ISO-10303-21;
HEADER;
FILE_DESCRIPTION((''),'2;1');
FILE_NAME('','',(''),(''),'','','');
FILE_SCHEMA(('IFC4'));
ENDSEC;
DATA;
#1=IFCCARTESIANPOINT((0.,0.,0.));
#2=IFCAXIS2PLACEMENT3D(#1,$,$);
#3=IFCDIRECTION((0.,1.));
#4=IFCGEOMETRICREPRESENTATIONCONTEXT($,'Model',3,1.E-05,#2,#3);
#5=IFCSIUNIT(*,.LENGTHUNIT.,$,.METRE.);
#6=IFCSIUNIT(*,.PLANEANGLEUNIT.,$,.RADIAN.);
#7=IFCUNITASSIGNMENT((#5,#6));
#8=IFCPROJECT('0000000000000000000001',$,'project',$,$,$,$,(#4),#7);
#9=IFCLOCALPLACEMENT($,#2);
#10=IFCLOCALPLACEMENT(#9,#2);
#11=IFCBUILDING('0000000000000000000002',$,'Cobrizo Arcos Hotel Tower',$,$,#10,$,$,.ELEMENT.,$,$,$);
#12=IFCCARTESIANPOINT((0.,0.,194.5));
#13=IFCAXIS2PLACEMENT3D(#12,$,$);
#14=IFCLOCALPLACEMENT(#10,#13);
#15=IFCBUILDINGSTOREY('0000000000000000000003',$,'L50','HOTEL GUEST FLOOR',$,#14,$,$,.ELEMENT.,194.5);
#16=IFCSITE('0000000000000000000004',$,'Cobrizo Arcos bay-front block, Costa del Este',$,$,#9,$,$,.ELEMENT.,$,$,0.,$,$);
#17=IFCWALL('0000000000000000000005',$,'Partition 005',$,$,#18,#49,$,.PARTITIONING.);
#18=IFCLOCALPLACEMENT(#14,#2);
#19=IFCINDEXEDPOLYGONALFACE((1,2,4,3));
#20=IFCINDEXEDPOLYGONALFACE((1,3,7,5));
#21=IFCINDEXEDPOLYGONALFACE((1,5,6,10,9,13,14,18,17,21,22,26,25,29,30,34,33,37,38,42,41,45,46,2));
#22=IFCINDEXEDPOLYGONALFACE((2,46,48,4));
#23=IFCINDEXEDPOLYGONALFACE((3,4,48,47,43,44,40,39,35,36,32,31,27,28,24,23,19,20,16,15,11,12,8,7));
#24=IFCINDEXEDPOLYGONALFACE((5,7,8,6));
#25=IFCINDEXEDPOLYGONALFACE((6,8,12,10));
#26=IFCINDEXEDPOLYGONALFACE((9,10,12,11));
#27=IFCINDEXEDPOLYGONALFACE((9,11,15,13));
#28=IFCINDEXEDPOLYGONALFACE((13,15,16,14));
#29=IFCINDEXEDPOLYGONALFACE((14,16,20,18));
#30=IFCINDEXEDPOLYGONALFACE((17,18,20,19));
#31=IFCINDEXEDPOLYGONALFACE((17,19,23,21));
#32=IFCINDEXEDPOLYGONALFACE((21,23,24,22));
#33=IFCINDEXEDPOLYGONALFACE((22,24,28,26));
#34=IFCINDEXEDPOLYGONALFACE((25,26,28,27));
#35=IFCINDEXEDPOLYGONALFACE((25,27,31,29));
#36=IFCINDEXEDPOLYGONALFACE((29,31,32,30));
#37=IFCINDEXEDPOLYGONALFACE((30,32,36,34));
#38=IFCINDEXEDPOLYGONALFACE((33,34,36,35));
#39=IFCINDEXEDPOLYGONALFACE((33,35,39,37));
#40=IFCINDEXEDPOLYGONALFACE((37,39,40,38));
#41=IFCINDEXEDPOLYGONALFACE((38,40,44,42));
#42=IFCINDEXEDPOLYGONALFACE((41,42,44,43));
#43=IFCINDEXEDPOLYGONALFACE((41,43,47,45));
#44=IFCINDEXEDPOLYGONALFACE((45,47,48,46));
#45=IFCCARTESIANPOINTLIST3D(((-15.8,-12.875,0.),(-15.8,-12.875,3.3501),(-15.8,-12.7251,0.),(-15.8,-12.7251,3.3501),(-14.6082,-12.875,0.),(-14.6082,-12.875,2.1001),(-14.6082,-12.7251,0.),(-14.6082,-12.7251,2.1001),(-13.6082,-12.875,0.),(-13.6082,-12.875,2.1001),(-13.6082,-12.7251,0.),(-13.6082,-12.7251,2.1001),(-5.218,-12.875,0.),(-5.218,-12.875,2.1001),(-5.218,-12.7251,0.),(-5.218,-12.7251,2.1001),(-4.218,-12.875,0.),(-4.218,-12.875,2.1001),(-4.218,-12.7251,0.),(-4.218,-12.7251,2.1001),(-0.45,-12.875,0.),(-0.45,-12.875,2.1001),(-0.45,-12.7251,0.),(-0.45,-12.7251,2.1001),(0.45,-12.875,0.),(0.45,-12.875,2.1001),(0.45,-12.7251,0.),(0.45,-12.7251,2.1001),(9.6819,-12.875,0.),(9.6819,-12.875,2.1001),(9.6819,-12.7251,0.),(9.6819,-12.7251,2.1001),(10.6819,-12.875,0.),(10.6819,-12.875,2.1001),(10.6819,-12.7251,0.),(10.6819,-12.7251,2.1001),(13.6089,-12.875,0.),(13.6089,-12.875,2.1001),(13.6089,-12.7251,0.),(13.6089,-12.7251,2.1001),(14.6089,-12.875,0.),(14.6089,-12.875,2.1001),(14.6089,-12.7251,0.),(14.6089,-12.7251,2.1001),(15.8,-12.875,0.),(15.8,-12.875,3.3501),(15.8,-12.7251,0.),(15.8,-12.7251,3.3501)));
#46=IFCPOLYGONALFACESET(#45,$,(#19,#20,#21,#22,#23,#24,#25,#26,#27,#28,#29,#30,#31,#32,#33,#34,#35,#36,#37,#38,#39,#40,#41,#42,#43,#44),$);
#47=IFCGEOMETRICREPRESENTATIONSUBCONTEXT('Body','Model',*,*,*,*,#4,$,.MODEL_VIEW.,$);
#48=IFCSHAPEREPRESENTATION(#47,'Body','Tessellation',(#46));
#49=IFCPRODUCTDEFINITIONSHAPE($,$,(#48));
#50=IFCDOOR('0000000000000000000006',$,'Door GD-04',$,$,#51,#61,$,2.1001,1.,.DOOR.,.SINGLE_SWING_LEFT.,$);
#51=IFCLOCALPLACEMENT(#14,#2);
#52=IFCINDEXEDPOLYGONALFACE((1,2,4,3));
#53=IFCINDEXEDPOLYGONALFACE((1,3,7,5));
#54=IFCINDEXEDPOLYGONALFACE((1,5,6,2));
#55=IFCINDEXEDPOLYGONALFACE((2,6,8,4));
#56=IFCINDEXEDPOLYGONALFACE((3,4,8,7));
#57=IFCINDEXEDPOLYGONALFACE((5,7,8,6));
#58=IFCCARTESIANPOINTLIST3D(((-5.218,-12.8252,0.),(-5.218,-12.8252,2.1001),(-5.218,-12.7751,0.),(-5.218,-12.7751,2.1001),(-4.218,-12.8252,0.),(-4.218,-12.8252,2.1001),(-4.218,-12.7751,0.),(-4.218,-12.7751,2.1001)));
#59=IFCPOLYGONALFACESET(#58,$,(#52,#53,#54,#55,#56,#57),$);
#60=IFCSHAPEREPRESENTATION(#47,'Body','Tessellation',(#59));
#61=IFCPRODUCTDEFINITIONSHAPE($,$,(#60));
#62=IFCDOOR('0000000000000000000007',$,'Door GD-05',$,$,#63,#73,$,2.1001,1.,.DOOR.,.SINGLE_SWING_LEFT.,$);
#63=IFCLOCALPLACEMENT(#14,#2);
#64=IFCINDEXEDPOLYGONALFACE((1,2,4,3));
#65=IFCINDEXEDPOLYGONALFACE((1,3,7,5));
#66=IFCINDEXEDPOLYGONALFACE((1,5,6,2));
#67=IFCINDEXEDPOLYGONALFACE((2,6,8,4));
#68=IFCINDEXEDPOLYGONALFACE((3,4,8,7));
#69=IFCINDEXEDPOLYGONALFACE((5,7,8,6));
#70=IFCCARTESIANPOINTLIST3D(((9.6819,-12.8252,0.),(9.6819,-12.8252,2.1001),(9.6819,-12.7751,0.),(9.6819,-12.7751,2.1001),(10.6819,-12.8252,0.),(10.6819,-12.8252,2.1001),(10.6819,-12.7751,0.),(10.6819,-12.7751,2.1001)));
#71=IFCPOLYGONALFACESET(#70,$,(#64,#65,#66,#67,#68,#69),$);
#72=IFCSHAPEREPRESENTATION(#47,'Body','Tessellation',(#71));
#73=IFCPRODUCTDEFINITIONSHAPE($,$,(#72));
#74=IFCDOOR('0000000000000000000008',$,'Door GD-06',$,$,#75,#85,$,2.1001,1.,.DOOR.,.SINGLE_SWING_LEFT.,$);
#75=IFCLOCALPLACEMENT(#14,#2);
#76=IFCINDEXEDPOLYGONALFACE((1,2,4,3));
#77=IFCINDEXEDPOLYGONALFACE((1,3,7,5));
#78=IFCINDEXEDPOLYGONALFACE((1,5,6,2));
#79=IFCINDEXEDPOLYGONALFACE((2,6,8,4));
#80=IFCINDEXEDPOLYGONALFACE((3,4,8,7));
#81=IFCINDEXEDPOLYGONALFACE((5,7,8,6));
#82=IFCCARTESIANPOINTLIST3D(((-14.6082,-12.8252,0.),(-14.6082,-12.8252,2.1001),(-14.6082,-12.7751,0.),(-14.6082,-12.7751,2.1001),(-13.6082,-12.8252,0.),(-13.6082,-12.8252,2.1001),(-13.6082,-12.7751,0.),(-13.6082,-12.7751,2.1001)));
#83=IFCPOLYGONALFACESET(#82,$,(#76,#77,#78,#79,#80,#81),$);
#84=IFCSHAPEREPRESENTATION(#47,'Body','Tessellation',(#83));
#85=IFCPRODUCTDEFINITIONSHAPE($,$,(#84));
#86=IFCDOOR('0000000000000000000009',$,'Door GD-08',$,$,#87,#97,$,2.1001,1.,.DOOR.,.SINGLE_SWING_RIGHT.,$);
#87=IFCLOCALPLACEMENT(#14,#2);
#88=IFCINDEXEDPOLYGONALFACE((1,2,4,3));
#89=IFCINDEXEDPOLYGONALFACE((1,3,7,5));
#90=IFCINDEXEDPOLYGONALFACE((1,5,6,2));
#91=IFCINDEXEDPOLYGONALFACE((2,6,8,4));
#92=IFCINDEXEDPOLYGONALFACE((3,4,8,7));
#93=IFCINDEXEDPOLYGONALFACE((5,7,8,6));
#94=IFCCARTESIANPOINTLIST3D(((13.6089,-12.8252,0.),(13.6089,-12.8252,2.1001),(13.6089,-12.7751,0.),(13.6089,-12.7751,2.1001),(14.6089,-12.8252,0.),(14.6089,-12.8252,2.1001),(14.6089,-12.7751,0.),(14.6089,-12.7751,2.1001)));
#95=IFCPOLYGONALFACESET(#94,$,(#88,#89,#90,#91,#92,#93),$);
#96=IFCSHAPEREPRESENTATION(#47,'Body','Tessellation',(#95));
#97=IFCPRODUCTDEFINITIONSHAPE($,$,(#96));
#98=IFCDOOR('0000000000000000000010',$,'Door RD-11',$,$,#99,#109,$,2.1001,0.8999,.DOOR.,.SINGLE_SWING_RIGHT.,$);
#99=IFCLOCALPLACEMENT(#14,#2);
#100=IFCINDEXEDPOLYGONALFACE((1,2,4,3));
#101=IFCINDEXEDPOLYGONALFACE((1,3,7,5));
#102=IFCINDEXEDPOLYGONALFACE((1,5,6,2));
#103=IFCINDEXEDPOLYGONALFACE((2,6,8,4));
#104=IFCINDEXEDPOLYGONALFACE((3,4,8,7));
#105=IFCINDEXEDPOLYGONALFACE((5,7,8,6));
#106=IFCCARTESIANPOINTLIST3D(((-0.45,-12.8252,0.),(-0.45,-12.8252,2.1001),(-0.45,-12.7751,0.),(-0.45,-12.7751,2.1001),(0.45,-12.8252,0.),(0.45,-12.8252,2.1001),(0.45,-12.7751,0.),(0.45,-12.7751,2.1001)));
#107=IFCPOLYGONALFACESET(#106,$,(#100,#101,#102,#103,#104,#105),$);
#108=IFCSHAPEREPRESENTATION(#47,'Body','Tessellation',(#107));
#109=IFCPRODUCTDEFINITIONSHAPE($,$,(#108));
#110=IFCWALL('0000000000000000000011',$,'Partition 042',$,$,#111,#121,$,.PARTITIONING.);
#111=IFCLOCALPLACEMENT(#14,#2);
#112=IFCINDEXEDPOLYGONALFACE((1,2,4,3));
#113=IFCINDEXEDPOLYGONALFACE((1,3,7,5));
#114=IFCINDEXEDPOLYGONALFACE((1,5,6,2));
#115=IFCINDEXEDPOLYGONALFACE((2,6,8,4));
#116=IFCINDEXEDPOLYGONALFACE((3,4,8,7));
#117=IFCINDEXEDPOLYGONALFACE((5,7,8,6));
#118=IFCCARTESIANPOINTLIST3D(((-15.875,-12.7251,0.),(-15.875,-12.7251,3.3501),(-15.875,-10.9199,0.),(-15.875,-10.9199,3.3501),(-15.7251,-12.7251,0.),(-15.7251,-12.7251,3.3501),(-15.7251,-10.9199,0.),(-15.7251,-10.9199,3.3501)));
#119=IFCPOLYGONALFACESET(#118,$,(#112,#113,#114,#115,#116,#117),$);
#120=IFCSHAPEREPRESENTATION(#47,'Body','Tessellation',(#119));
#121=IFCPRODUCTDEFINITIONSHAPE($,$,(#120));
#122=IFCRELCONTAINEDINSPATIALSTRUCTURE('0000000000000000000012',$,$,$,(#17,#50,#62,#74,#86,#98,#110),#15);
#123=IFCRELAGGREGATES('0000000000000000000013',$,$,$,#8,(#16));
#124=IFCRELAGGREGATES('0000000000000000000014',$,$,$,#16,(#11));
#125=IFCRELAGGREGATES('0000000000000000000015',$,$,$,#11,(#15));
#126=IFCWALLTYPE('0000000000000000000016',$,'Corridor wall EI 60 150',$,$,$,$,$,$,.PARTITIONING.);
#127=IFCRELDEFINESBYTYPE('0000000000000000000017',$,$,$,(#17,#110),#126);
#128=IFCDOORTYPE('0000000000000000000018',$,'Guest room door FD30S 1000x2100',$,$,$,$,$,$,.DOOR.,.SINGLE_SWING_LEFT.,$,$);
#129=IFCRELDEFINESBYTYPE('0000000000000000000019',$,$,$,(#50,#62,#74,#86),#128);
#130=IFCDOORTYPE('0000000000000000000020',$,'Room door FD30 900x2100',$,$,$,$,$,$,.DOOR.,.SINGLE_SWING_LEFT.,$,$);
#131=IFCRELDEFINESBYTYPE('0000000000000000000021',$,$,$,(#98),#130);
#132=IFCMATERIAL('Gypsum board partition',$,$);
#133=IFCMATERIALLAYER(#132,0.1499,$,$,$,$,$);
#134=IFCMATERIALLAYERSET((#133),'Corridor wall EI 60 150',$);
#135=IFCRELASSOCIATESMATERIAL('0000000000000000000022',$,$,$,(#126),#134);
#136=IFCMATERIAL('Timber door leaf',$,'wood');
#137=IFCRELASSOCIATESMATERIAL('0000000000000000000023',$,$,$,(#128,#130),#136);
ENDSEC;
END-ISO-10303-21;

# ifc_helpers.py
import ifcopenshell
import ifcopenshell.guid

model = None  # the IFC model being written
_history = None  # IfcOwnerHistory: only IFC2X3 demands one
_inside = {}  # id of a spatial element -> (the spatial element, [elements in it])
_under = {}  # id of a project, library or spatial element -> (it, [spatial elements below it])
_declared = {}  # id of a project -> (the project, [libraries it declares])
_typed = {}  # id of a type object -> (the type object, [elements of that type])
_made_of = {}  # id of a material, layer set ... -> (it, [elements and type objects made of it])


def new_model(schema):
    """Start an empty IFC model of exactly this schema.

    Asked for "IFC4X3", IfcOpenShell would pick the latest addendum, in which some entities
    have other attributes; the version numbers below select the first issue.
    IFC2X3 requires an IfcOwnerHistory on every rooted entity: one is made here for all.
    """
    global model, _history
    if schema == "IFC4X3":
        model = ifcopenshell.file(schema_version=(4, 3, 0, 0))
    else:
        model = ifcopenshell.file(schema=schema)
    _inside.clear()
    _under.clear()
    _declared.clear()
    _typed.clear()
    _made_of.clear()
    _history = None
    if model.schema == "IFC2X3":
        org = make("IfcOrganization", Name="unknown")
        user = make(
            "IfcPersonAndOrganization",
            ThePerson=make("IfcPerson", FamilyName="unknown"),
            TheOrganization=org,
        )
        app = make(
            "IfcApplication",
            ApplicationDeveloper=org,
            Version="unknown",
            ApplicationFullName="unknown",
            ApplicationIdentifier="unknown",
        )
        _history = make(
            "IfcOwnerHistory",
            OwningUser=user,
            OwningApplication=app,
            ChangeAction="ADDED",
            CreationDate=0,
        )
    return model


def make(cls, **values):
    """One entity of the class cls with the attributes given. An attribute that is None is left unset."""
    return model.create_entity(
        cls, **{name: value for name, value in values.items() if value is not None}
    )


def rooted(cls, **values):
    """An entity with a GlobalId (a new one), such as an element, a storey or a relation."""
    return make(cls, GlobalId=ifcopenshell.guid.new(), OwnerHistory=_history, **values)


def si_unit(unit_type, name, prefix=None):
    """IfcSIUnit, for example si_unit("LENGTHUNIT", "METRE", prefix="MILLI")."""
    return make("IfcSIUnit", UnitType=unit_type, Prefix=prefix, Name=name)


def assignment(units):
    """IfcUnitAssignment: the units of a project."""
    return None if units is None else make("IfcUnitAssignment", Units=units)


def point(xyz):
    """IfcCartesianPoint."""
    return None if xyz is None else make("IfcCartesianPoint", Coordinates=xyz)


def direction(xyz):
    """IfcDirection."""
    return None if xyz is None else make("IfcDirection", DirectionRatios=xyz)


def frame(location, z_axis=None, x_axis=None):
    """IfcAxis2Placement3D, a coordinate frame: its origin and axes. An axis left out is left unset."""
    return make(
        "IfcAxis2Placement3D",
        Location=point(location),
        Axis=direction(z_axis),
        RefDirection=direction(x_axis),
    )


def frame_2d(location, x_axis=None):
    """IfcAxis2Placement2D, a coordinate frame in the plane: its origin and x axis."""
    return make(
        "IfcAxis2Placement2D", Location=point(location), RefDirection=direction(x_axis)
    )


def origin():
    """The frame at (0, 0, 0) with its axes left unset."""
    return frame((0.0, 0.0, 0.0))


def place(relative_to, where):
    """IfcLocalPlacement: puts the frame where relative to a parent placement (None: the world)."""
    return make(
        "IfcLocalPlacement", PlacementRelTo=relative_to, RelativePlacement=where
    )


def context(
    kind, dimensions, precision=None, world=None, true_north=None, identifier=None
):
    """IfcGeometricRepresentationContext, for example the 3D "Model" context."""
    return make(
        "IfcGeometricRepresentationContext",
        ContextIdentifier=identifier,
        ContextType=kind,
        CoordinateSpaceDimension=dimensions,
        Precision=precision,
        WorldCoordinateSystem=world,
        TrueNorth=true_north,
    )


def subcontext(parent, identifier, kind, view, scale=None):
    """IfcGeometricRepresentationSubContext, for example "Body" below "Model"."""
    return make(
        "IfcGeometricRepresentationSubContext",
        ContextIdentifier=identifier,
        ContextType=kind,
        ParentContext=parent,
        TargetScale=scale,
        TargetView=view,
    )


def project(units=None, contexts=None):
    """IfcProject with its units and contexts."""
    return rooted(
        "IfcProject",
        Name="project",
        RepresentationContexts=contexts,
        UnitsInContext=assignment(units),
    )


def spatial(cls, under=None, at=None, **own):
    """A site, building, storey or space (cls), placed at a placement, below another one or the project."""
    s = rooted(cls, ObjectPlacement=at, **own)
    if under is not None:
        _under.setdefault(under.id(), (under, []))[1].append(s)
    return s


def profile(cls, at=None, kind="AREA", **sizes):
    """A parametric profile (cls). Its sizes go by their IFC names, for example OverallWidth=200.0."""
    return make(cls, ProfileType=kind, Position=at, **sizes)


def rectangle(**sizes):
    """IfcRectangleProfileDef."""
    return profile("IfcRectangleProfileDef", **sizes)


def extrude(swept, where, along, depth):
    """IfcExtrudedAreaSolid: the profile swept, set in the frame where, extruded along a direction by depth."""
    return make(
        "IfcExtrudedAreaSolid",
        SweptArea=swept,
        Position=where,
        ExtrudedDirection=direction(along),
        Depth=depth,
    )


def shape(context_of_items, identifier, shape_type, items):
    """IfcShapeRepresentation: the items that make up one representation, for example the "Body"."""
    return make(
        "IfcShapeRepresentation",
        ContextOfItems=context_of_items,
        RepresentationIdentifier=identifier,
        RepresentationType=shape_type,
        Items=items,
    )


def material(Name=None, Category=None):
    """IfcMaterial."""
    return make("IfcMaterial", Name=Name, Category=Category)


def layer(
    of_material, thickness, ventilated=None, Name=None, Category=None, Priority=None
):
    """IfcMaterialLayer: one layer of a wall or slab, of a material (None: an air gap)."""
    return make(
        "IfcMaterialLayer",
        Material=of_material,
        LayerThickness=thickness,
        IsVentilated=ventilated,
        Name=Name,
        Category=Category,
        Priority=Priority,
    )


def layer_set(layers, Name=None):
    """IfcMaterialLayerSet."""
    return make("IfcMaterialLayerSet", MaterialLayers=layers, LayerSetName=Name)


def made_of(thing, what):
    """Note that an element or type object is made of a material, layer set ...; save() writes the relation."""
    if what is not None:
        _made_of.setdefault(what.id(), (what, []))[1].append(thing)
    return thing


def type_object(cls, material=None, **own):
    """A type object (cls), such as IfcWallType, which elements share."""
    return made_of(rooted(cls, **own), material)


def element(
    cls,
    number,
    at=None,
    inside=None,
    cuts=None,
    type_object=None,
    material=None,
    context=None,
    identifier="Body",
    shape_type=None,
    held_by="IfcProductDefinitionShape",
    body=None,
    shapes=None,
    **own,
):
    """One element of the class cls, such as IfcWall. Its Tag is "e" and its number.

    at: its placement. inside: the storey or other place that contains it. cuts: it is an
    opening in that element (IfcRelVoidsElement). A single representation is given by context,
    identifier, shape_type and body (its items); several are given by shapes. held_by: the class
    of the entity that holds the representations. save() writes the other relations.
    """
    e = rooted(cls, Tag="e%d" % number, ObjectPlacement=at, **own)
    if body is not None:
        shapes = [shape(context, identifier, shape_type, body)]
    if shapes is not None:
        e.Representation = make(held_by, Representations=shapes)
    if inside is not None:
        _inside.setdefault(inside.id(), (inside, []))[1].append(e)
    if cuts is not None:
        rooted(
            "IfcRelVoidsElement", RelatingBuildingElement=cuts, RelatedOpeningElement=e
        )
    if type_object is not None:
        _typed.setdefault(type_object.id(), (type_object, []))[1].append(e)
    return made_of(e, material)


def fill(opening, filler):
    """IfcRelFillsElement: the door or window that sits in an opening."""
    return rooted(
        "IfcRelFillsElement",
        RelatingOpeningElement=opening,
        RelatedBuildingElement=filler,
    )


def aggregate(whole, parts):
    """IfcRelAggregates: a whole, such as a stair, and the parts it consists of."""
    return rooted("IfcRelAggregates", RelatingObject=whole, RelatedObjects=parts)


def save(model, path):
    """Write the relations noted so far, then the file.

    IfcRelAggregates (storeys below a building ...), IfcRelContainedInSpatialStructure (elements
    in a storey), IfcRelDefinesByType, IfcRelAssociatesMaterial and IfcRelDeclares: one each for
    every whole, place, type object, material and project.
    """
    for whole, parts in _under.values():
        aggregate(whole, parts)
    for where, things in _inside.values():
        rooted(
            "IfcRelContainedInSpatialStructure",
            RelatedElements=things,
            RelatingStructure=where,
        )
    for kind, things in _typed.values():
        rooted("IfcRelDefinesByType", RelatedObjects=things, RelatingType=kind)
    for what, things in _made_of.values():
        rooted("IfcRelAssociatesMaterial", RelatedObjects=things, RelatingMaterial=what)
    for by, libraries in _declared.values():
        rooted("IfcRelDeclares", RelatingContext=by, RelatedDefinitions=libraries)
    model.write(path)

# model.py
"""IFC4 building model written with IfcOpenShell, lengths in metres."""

from ifc_helpers import new_model, si_unit, direction, frame, frame_2d, origin, place, context, subcontext, project, spatial, rectangle, extrude, material, layer, layer_set, type_object, element, fill, save


model = new_model("IFC4")

# Units and contexts
model_context = context("Model", 3, precision=1e-05, world=origin(), true_north=direction((0.0, 1.0)))
body_context = subcontext(model_context, "Body", "Model", "MODEL_VIEW")
ifc_project = project(units=[si_unit("LENGTHUNIT", "METRE"), si_unit("PLANEANGLEUNIT", "RADIAN")], contexts=[model_context])

# Site, building, storey
site_placement = place(None, origin())
site = spatial("IfcSite", under=ifc_project, at=site_placement, Name="Cobrizo Arcos bay-front block, Costa del Este", CompositionType="ELEMENT", RefElevation=0.0)
building_placement = place(site_placement, origin())
building = spatial("IfcBuilding", under=site, at=building_placement, Name="Cobrizo Arcos Hotel Tower", CompositionType="ELEMENT")
storey_placement = place(building_placement, frame((0.0, 0.0, 194.5)))
storey = spatial("IfcBuildingStorey", under=building, at=storey_placement, Name="L50", Description="HOTEL GUEST FLOOR", CompositionType="ELEMENT", Elevation=194.5)

# Wall, openings, doors
ifc_material_1 = material(Name="Gypsum board partition")
ifc_layer_1 = layer(ifc_material_1, 0.1499)
ifc_layer_set_1 = layer_set([ifc_layer_1], Name="Corridor wall EI 60 150")
wall_type = type_object("IfcWallType", Name="Corridor wall EI 60 150", PredefinedType="PARTITIONING", material=ifc_layer_set_1)
wall_1_placement = place(storey_placement, frame((-15.8, -12.8, 0.0), z_axis=(0.0, 0.0, 1.0), x_axis=(1.0, 0.0, 0.0)))
wall_1 = element("IfcWall", 1, at=wall_1_placement, inside=storey, type_object=wall_type, Name="Partition 005", PredefinedType="PARTITIONING", context=body_context, shape_type="SweptSolid", body=[
    extrude(rectangle(XDim=31.6001, YDim=0.1499, at=frame_2d((15.8, 0.0))), origin(), (0.0, 0.0, 1.0), 3.3501),
])
opening_1_placement = place(wall_1_placement, frame((10.582, 0.0, 0.0)))
opening_1 = element("IfcOpeningElement", 2, at=opening_1_placement, cuts=wall_1, PredefinedType="OPENING", context=body_context, shape_type="SweptSolid", body=[
    extrude(rectangle(XDim=1.0, YDim=2.1001, at=frame_2d((0.5, 1.05))), frame((0.0, 0.0869, 0.0), z_axis=(0.0, -1.0, 0.0), x_axis=(1.0, 0.0, 0.0)), (0.0, 0.0, 1.0), 0.1738),
])
opening_2_placement = place(wall_1_placement, frame((15.3501, 0.0, 0.0)))
opening_2 = element("IfcOpeningElement", 3, at=opening_2_placement, cuts=wall_1, PredefinedType="OPENING", context=body_context, shape_type="SweptSolid", body=[
    extrude(rectangle(XDim=0.8999, YDim=2.1001, at=frame_2d((0.45, 1.05))), frame((0.0, 0.0869, 0.0), z_axis=(0.0, -1.0, 0.0), x_axis=(1.0, 0.0, 0.0)), (0.0, 0.0, 1.0), 0.1738),
])
opening_3_placement = place(wall_1_placement, frame((25.4819, 0.0, 0.0)))
opening_3 = element("IfcOpeningElement", 4, at=opening_3_placement, cuts=wall_1, PredefinedType="OPENING", context=body_context, shape_type="SweptSolid", body=[
    extrude(rectangle(XDim=1.0, YDim=2.1001, at=frame_2d((0.5, 1.05))), frame((0.0, 0.0869, 0.0), z_axis=(0.0, -1.0, 0.0), x_axis=(1.0, 0.0, 0.0)), (0.0, 0.0, 1.0), 0.1738),
])
opening_4_placement = place(wall_1_placement, frame((1.1919, 0.0, 0.0)))
opening_4 = element("IfcOpeningElement", 5, at=opening_4_placement, cuts=wall_1, PredefinedType="OPENING", context=body_context, shape_type="SweptSolid", body=[
    extrude(rectangle(XDim=1.0, YDim=2.1001, at=frame_2d((0.5, 1.05))), frame((0.0, 0.0869, 0.0), z_axis=(0.0, -1.0, 0.0), x_axis=(1.0, 0.0, 0.0)), (0.0, 0.0, 1.0), 0.1738),
])
opening_5_placement = place(wall_1_placement, frame((29.4089, 0.0, 0.0)))
opening_5 = element("IfcOpeningElement", 6, at=opening_5_placement, cuts=wall_1, PredefinedType="OPENING", context=body_context, shape_type="SweptSolid", body=[
    extrude(rectangle(XDim=1.0, YDim=2.1001, at=frame_2d((0.5, 1.05))), frame((0.0, 0.0869, 0.0), z_axis=(0.0, -1.0, 0.0), x_axis=(1.0, 0.0, 0.0)), (0.0, 0.0, 1.0), 0.1738),
])
ifc_material_2 = material(Name="Timber door leaf", Category="wood")
door_type_1 = type_object("IfcDoorType", Name="Guest room door FD30S 1000x2100", OperationType="SINGLE_SWING_LEFT", PredefinedType="DOOR", material=ifc_material_2)
door_1_placement = place(opening_1_placement, origin())
door_1 = element("IfcDoor", 7, at=door_1_placement, inside=storey, type_object=door_type_1, Name="Door GD-04", OperationType="SINGLE_SWING_LEFT", OverallHeight=2.1001, OverallWidth=1.0, PredefinedType="DOOR", context=body_context, shape_type="SweptSolid", body=[
    extrude(rectangle(XDim=1.0, YDim=2.1001, at=frame_2d((0.5, 1.05))), frame((0.0, 0.0249, 0.0), z_axis=(0.0, -1.0, 0.0), x_axis=(1.0, 0.0, 0.0)), (0.0, 0.0, 1.0), 0.05),
])
fill(opening_1, door_1)
door_2_placement = place(opening_3_placement, origin())
door_2 = element("IfcDoor", 8, at=door_2_placement, inside=storey, type_object=door_type_1, Name="Door GD-05", OperationType="SINGLE_SWING_LEFT", OverallHeight=2.1001, OverallWidth=1.0, PredefinedType="DOOR", context=body_context, shape_type="SweptSolid", body=[
    extrude(rectangle(XDim=1.0, YDim=2.1001, at=frame_2d((0.5, 1.05))), frame((0.0, 0.0249, 0.0), z_axis=(0.0, -1.0, 0.0), x_axis=(1.0, 0.0, 0.0)), (0.0, 0.0, 1.0), 0.05),
])
fill(opening_3, door_2)
door_3_placement = place(opening_4_placement, origin())
door_3 = element("IfcDoor", 9, at=door_3_placement, inside=storey, type_object=door_type_1, Name="Door GD-06", OperationType="SINGLE_SWING_LEFT", OverallHeight=2.1001, OverallWidth=1.0, PredefinedType="DOOR", context=body_context, shape_type="SweptSolid", body=[
    extrude(rectangle(XDim=1.0, YDim=2.1001, at=frame_2d((0.5, 1.05))), frame((0.0, 0.0249, 0.0), z_axis=(0.0, -1.0, 0.0), x_axis=(1.0, 0.0, 0.0)), (0.0, 0.0, 1.0), 0.05),
])
fill(opening_4, door_3)
door_4_placement = place(opening_5_placement, origin())
door_4 = element("IfcDoor", 10, at=door_4_placement, inside=storey, type_object=door_type_1, Name="Door GD-08", OperationType="SINGLE_SWING_RIGHT", OverallHeight=2.1001, OverallWidth=1.0, PredefinedType="DOOR", context=body_context, shape_type="SweptSolid", body=[
    extrude(rectangle(XDim=1.0, YDim=2.1001, at=frame_2d((0.5, 1.05))), frame((0.0, 0.0249, 0.0), z_axis=(0.0, -1.0, 0.0), x_axis=(1.0, 0.0, 0.0)), (0.0, 0.0, 1.0), 0.05),
])
fill(opening_5, door_4)
door_type_2 = type_object("IfcDoorType", Name="Room door FD30 900x2100", OperationType="SINGLE_SWING_LEFT", PredefinedType="DOOR", material=ifc_material_2)
door_5_placement = place(opening_2_placement, origin())
door_5 = element("IfcDoor", 11, at=door_5_placement, inside=storey, type_object=door_type_2, Name="Door RD-11", OperationType="SINGLE_SWING_RIGHT", OverallHeight=2.1001, OverallWidth=0.8999, PredefinedType="DOOR", context=body_context, shape_type="SweptSolid", body=[
    extrude(rectangle(XDim=0.8999, YDim=2.1001, at=frame_2d((0.45, 1.05))), frame((0.0, 0.0249, 0.0), z_axis=(0.0, -1.0, 0.0), x_axis=(1.0, 0.0, 0.0)), (0.0, 0.0, 1.0), 0.05),
])
fill(opening_2, door_5)

# Wall
wall_2_placement = place(storey_placement, frame((-15.8, -12.7251, 0.0), z_axis=(0.0, 0.0, 1.0), x_axis=(0.0, 1.0, 0.0)))
element("IfcWall", 12, at=wall_2_placement, inside=storey, type_object=wall_type, Name="Partition 042", PredefinedType="PARTITIONING", context=body_context, shape_type="SweptSolid", body=[
    extrude(rectangle(XDim=1.8052, YDim=0.1499, at=frame_2d((0.9026, 0.0))), origin(), (0.0, 0.0, 1.0), 3.3501),
])

save(model, "model.ifc")
